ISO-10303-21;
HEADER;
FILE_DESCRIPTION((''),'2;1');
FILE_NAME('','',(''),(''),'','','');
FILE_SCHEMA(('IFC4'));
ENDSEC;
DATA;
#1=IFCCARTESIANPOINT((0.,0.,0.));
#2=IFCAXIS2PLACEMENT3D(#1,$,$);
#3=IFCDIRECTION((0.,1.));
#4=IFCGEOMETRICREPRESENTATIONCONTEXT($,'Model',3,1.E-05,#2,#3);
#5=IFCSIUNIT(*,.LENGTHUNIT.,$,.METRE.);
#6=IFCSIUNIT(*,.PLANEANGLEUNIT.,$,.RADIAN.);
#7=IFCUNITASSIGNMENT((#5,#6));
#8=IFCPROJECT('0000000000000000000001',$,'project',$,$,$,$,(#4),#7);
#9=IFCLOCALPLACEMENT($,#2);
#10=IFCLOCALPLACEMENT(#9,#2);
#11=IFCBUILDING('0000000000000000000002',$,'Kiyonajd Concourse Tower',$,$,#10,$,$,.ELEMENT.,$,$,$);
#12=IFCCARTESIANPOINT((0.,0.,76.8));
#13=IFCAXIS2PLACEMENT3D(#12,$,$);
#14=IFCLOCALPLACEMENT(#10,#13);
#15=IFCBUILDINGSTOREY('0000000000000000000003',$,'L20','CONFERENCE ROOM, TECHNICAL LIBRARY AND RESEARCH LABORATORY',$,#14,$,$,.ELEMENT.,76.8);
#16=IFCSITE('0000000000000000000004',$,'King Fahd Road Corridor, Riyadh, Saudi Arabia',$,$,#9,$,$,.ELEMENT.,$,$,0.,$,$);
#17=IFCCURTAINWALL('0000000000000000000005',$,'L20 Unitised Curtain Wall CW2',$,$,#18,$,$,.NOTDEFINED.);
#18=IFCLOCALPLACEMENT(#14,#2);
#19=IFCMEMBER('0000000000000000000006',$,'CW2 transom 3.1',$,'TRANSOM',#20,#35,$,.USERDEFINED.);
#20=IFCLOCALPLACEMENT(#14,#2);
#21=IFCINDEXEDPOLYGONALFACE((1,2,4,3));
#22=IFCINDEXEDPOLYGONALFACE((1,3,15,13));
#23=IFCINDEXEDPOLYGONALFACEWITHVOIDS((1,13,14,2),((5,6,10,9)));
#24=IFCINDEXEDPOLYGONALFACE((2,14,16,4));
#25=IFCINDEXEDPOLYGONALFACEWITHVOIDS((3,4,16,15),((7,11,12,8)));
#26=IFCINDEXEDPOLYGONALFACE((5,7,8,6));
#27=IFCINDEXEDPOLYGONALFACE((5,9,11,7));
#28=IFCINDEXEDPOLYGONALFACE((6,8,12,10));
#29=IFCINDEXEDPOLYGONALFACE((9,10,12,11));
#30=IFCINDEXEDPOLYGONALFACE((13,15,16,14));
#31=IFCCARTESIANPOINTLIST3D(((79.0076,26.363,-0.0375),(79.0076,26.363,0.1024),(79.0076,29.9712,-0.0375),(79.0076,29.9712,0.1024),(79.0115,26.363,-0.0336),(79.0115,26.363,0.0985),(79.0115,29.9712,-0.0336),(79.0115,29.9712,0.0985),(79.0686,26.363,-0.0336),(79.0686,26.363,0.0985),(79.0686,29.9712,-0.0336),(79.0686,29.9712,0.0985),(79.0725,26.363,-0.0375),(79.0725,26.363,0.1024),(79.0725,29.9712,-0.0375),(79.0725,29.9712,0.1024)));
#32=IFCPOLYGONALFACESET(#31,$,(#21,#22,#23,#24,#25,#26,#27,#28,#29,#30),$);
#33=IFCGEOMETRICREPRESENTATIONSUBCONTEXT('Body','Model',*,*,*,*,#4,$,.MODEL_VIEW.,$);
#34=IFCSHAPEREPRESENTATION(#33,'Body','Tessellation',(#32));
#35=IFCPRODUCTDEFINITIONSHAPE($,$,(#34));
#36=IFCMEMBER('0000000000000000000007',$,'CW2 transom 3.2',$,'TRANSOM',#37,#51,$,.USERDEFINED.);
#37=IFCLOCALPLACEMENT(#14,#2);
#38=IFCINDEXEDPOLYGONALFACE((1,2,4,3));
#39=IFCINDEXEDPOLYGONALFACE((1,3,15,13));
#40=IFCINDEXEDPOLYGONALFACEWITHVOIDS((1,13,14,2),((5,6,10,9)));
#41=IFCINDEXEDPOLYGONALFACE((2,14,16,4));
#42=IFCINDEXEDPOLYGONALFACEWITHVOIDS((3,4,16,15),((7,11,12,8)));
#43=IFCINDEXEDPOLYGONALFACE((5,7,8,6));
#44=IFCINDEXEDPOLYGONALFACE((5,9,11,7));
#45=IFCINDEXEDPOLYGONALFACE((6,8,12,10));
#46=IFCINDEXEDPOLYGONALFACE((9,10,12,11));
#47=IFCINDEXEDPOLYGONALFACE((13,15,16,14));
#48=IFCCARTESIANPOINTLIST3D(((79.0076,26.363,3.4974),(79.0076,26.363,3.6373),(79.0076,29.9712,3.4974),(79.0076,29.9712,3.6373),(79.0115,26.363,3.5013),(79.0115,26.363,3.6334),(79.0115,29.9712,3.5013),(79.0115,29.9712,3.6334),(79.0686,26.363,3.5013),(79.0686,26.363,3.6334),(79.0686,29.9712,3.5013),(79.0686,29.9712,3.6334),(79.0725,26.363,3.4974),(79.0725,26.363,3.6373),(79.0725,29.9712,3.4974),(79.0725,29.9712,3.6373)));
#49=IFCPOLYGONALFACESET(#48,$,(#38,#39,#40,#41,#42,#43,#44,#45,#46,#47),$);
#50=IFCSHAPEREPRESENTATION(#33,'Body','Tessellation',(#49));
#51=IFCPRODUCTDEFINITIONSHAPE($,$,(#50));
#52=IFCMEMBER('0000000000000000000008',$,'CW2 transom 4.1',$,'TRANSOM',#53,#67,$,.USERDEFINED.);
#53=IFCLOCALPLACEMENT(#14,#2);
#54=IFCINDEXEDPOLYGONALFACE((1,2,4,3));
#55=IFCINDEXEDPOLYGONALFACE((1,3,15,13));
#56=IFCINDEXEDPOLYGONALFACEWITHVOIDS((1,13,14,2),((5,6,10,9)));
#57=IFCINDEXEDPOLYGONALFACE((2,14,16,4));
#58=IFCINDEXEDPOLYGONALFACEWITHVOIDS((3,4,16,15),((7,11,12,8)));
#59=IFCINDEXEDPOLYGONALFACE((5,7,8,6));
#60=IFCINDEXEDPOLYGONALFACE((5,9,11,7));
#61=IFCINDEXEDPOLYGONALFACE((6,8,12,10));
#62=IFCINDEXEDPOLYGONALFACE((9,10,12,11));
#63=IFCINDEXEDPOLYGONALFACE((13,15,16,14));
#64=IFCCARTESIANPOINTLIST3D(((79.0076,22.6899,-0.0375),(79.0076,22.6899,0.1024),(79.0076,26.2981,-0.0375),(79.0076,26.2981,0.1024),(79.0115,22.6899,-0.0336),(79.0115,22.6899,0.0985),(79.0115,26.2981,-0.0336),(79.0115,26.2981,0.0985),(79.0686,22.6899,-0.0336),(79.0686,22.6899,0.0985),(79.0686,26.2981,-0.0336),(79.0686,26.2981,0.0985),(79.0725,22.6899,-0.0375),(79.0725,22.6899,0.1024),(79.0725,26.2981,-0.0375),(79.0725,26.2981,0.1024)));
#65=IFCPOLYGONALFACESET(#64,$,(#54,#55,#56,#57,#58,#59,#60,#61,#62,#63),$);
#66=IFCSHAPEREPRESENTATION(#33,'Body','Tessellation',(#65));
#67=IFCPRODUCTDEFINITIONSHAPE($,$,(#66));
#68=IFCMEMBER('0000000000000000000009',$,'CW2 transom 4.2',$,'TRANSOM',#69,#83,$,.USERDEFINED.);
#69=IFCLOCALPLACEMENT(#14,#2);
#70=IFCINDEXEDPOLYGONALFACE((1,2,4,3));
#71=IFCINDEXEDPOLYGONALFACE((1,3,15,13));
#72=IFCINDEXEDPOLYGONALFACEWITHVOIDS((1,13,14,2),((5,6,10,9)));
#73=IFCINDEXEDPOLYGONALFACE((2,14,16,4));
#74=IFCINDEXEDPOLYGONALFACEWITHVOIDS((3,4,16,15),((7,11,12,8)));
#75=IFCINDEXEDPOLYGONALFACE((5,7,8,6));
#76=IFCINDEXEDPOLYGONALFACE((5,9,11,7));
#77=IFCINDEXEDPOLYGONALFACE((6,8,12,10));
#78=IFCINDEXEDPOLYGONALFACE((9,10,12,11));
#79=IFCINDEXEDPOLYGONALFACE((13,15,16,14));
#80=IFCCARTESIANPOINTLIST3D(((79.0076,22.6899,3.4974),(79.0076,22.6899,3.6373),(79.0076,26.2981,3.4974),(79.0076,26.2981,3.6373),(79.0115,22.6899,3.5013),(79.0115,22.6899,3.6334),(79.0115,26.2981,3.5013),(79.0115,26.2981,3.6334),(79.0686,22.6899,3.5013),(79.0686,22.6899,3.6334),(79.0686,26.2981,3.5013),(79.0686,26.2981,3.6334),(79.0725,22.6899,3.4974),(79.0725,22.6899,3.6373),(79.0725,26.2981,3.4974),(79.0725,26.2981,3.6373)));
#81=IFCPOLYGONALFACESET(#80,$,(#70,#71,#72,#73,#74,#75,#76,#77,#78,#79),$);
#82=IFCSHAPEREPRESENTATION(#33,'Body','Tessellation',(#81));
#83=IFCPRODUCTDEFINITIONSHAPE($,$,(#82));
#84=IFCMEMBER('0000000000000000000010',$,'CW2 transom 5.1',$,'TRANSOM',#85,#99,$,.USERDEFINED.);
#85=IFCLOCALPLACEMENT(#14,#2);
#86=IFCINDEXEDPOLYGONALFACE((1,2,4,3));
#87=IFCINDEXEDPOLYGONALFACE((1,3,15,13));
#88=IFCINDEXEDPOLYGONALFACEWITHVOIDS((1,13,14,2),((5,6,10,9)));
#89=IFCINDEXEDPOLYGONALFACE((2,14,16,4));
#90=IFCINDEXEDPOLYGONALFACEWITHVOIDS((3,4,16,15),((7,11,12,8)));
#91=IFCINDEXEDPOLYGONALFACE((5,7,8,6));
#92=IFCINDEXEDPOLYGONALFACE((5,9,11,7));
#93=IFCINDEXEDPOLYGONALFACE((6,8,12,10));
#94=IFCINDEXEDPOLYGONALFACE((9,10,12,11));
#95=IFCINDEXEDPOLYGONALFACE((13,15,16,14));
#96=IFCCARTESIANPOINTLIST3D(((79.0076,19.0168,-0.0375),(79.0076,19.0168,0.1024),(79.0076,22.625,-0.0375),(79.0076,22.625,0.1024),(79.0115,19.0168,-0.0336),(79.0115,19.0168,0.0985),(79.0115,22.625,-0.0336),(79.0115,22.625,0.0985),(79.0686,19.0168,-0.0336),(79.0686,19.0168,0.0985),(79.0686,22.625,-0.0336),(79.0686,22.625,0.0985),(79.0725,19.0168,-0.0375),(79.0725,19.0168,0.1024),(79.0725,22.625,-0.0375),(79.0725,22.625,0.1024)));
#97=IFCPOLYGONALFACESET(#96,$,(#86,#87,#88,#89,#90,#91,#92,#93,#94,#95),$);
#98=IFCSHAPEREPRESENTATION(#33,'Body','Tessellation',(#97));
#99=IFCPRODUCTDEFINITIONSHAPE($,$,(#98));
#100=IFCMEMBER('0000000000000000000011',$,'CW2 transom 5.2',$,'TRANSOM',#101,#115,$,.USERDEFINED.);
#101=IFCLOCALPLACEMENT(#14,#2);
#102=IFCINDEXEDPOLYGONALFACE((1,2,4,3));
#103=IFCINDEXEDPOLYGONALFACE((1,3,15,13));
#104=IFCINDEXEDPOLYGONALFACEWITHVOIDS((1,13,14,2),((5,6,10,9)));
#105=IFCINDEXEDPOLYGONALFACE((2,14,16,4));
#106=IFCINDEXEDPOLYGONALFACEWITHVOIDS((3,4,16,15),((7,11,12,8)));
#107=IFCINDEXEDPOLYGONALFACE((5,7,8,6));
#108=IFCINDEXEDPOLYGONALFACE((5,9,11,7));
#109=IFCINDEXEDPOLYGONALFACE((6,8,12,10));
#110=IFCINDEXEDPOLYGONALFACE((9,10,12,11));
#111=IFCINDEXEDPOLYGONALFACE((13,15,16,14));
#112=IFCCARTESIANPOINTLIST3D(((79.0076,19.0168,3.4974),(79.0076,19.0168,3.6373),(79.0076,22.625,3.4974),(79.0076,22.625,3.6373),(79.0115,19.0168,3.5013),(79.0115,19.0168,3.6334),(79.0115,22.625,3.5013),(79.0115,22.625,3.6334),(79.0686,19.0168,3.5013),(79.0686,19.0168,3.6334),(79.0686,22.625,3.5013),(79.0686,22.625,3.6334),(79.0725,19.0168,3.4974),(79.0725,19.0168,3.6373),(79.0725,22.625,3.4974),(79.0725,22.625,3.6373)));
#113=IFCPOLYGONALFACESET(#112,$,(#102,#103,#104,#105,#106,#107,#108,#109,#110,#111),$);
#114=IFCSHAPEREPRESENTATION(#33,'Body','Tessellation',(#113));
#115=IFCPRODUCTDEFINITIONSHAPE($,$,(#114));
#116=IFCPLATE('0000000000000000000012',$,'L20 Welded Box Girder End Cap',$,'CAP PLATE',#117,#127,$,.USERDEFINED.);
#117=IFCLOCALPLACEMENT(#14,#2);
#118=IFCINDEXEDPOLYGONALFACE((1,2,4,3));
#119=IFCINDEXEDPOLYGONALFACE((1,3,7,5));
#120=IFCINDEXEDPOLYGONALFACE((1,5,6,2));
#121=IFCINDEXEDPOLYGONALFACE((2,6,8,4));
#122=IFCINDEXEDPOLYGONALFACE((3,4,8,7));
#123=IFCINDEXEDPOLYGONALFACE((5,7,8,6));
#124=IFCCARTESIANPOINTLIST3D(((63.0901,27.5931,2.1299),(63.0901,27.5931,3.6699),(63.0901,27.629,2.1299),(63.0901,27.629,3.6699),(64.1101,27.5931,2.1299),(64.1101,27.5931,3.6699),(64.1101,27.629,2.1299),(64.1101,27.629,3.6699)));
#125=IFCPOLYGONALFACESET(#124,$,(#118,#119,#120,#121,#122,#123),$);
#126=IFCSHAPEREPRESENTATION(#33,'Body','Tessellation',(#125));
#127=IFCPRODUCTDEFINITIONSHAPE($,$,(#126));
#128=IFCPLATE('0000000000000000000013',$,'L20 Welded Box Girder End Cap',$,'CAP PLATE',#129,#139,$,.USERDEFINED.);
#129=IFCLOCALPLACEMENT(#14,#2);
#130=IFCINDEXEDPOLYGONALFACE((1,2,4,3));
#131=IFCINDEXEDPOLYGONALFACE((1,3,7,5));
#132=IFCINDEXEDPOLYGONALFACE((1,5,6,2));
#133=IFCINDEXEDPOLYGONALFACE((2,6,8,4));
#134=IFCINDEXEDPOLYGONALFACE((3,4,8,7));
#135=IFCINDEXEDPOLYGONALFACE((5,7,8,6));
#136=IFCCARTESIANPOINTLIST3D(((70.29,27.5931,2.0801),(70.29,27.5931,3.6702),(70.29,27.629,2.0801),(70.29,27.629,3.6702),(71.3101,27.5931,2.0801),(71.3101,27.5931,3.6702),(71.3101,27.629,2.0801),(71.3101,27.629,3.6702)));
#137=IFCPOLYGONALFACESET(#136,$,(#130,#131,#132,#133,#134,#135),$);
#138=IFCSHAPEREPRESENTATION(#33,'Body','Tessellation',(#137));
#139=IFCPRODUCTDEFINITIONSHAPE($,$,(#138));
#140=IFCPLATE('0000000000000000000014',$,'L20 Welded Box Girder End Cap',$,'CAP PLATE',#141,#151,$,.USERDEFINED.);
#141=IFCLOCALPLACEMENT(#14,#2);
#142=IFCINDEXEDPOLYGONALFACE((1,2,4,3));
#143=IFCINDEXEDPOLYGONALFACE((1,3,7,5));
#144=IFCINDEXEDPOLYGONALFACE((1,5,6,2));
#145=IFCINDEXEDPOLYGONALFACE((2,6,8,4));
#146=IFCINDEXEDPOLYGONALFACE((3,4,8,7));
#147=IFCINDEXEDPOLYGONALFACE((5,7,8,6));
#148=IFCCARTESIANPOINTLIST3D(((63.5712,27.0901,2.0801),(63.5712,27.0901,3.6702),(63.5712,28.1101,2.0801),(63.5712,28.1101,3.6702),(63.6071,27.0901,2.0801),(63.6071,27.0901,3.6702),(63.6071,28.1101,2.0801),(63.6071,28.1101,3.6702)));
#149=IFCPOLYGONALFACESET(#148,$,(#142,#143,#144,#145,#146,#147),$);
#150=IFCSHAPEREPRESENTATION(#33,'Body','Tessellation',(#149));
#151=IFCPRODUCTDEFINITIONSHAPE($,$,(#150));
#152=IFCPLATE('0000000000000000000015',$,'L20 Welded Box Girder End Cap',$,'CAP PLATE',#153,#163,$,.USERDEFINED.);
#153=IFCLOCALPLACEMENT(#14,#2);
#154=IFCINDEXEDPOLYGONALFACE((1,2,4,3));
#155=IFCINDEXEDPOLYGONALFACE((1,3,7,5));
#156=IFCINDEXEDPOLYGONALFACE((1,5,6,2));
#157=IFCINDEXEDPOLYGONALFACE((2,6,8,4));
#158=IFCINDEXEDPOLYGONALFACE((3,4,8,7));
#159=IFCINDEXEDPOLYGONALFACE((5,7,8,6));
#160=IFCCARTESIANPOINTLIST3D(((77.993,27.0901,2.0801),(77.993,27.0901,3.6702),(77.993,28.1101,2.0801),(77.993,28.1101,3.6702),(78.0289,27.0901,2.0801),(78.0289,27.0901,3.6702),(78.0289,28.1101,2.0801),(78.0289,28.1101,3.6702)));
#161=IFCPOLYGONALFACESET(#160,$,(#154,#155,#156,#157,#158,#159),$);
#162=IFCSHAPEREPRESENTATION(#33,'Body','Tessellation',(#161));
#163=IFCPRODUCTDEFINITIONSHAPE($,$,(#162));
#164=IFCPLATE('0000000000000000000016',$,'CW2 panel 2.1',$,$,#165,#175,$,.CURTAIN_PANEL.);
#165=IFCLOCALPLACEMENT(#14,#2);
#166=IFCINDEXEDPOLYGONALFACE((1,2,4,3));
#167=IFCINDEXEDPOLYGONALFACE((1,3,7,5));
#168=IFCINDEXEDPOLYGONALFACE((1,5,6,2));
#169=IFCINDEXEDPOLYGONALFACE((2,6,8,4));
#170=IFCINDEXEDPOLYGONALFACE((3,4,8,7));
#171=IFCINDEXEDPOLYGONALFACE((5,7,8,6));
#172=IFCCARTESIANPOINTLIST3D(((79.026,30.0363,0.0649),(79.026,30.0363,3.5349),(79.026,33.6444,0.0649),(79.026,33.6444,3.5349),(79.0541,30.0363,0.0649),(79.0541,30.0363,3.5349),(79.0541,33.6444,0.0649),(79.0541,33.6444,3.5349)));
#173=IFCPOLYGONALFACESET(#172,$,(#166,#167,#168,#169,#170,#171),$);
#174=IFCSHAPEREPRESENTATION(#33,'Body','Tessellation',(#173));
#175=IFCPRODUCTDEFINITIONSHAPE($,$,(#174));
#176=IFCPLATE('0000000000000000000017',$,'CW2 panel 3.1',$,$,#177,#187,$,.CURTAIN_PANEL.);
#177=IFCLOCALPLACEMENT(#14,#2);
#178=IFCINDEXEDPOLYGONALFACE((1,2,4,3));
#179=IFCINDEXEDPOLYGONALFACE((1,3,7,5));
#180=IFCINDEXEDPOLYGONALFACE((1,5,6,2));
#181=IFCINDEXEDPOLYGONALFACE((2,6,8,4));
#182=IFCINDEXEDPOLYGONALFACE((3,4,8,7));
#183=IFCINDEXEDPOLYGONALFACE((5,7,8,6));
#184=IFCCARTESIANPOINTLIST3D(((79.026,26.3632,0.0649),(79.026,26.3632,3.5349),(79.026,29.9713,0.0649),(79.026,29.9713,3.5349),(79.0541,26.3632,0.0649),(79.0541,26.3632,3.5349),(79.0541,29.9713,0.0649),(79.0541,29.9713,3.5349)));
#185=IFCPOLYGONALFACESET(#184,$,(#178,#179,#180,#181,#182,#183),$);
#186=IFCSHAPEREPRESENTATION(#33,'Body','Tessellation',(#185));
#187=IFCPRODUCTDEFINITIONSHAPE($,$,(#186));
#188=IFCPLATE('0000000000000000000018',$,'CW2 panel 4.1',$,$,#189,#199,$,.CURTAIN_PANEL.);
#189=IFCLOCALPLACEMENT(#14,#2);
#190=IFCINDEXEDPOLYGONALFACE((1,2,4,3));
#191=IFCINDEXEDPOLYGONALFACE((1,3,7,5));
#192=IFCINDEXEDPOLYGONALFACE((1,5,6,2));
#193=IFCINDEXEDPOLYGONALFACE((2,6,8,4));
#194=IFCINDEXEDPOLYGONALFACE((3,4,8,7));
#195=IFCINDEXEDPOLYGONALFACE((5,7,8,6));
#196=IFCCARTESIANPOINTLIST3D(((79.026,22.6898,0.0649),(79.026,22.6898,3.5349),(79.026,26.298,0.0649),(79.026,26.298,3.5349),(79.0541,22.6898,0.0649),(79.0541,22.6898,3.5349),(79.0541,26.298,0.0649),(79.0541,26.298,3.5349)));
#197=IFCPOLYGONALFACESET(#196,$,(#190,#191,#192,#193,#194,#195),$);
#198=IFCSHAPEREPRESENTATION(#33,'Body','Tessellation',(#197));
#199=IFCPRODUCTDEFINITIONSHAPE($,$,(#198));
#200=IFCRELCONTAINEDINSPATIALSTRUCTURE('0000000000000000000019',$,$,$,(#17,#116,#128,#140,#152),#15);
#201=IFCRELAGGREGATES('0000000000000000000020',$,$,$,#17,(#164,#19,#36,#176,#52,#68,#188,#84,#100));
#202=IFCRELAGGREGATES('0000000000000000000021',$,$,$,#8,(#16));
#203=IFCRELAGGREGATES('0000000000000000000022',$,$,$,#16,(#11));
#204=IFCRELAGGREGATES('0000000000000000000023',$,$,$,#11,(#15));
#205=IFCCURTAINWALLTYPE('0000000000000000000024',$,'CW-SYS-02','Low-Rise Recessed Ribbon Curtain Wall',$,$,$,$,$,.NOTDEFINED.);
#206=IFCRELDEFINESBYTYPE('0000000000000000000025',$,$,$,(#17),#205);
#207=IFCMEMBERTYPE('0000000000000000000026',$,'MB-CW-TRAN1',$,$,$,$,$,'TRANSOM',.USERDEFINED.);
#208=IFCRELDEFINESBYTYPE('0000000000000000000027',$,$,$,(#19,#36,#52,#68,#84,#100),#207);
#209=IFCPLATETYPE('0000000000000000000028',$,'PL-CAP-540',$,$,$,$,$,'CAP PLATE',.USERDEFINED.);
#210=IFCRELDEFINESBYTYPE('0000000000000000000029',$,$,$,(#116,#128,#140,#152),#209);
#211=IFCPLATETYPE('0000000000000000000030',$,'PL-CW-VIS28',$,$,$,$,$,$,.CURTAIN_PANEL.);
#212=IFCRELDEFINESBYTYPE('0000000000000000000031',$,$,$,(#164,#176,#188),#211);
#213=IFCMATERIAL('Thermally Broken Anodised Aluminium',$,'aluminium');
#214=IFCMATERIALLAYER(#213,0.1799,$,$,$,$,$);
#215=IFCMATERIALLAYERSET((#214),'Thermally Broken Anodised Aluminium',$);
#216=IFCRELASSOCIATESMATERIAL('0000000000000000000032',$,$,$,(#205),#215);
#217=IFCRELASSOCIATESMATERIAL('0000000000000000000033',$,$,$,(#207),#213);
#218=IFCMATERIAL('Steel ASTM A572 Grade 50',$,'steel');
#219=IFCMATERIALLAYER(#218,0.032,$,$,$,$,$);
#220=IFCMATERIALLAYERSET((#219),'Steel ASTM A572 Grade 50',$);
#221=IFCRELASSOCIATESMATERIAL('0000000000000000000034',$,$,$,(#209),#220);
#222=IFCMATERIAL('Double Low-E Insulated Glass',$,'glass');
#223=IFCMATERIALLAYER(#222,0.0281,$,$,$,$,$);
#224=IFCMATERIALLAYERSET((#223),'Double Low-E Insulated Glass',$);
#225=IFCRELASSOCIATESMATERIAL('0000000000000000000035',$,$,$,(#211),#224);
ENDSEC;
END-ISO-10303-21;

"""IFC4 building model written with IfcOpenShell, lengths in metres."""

from ifc_helpers import new_model, si_unit, direction, frame, origin, origin_2d, place, context, subcontext, project, spatial, rectangle, hollow_rectangle, extrude, material, layer, layer_set, material_profile, profile_set, type_object, element, aggregate, save


model = new_model("IFC4")

# Units and contexts
model_context = context("Model", 3, precision=1e-05, world=origin(), true_north=direction((0.0, 1.0)))
body_context = subcontext(model_context, "Body", "Model", "MODEL_VIEW")
ifc_project = project(units=[si_unit("LENGTHUNIT", "METRE"), si_unit("PLANEANGLEUNIT", "RADIAN")], contexts=[model_context])

# Site, building, storey
site_placement = place(None, origin())
site = spatial("IfcSite", under=ifc_project, at=site_placement, Name="King Fahd Road Corridor, Riyadh, Saudi Arabia", CompositionType="ELEMENT", RefElevation=0.0)
building_placement = place(site_placement, origin())
building = spatial("IfcBuilding", under=site, at=building_placement, Name="Kiyonajd Concourse Tower", CompositionType="ELEMENT")
storey_placement = place(building_placement, frame((0.0, 0.0, 76.8)))
storey = spatial("IfcBuildingStorey", under=building, at=storey_placement, Name="L20", Description="CONFERENCE ROOM, TECHNICAL LIBRARY AND RESEARCH LABORATORY", CompositionType="ELEMENT", Elevation=76.8)

# Shared definitions
ifc_material_1 = material(Name="Steel ASTM A572 Grade 50", Category="steel")

# Curtain wall, members
ifc_material_2 = material(Name="Thermally Broken Anodised Aluminium", Category="aluminium")
ifc_layer_1 = layer(ifc_material_2, 0.1799)
ifc_layer_set_1 = layer_set([ifc_layer_1], Name="Thermally Broken Anodised Aluminium")
curtain_wall_type = type_object("IfcCurtainWallType", Name="CW-SYS-02", Description="Low-Rise Recessed Ribbon Curtain Wall", PredefinedType="NOTDEFINED", material=ifc_layer_set_1)
curtain_wall_placement = place(storey_placement, origin())
curtain_wall = element("IfcCurtainWall", 1, at=curtain_wall_placement, inside=storey, type_object=curtain_wall_type, Name="L20 Unitised Curtain Wall CW2", PredefinedType="NOTDEFINED")
ifc_material_profile_1 = material_profile(ifc_material_2, hollow_rectangle(XDim=0.0649, YDim=0.1399, WallThickness=0.0039, at=origin_2d()), Name="TRAN-65x140")
ifc_profile_set_1 = profile_set([ifc_material_profile_1], Name="Thermally Broken Anodised Aluminium")
member_type_1 = type_object("IfcMemberType", Name="MB-CW-TRAN1", ElementType="TRANSOM", PredefinedType="USERDEFINED", material=ifc_profile_set_1)
member_1_placement = place(storey_placement, frame((79.04, 29.9712, 0.0325), z_axis=(0.0, -1.0, 0.0), x_axis=(1.0, 0.0, 0.0)))
member_1 = element("IfcMember", 2, at=member_1_placement, type_object=member_type_1, Name="CW2 transom 3.1", ObjectType="TRANSOM", PredefinedType="USERDEFINED", context=body_context, shape_type="SweptSolid", body=[
    extrude(hollow_rectangle(XDim=0.0649, YDim=0.1399, WallThickness=0.0039, at=origin_2d()), origin(), (0.0, 0.0, 1.0), 3.6082),
])
member_2_placement = place(storey_placement, frame((79.04, 29.9712, 3.5674), z_axis=(0.0, -1.0, 0.0), x_axis=(1.0, 0.0, 0.0)))
member_2 = element("IfcMember", 3, at=member_2_placement, type_object=member_type_1, Name="CW2 transom 3.2", ObjectType="TRANSOM", PredefinedType="USERDEFINED", context=body_context, shape_type="SweptSolid", body=[
    extrude(hollow_rectangle(XDim=0.0649, YDim=0.1399, WallThickness=0.0039, at=origin_2d()), origin(), (0.0, 0.0, 1.0), 3.6082),
])
member_3_placement = place(storey_placement, frame((79.04, 26.2981, 0.0325), z_axis=(0.0, -1.0, 0.0), x_axis=(1.0, 0.0, 0.0)))
member_3 = element("IfcMember", 4, at=member_3_placement, type_object=member_type_1, Name="CW2 transom 4.1", ObjectType="TRANSOM", PredefinedType="USERDEFINED", context=body_context, shape_type="SweptSolid", body=[
    extrude(hollow_rectangle(XDim=0.0649, YDim=0.1399, WallThickness=0.0039, at=origin_2d()), origin(), (0.0, 0.0, 1.0), 3.6082),
])
member_4_placement = place(storey_placement, frame((79.04, 26.2981, 3.5674), z_axis=(0.0, -1.0, 0.0), x_axis=(1.0, 0.0, 0.0)))
member_4 = element("IfcMember", 5, at=member_4_placement, type_object=member_type_1, Name="CW2 transom 4.2", ObjectType="TRANSOM", PredefinedType="USERDEFINED", context=body_context, shape_type="SweptSolid", body=[
    extrude(hollow_rectangle(XDim=0.0649, YDim=0.1399, WallThickness=0.0039, at=origin_2d()), origin(), (0.0, 0.0, 1.0), 3.6082),
])
member_5_placement = place(storey_placement, frame((79.04, 22.625, 0.0325), z_axis=(0.0, -1.0, 0.0), x_axis=(1.0, 0.0, 0.0)))
member_5 = element("IfcMember", 6, at=member_5_placement, type_object=member_type_1, Name="CW2 transom 5.1", ObjectType="TRANSOM", PredefinedType="USERDEFINED", context=body_context, shape_type="SweptSolid", body=[
    extrude(hollow_rectangle(XDim=0.0649, YDim=0.1399, WallThickness=0.0039, at=origin_2d()), origin(), (0.0, 0.0, 1.0), 3.6082),
])
member_6_placement = place(storey_placement, frame((79.04, 22.625, 3.5674), z_axis=(0.0, -1.0, 0.0), x_axis=(1.0, 0.0, 0.0)))
member_6 = element("IfcMember", 7, at=member_6_placement, type_object=member_type_1, Name="CW2 transom 5.2", ObjectType="TRANSOM", PredefinedType="USERDEFINED", context=body_context, shape_type="SweptSolid", body=[
    extrude(hollow_rectangle(XDim=0.0649, YDim=0.1399, WallThickness=0.0039, at=origin_2d()), origin(), (0.0, 0.0, 1.0), 3.6082),
])

# Plates
ifc_layer_2 = layer(ifc_material_1, 0.032)
ifc_layer_set_2 = layer_set([ifc_layer_2], Name="Steel ASTM A572 Grade 50")
plate_type_1 = type_object("IfcPlateType", Name="PL-CAP-540", ElementType="CAP PLATE", PredefinedType="USERDEFINED", material=ifc_layer_set_2)
plate_1_placement = place(storey_placement, frame((63.6001, 27.6111, 2.1299), z_axis=(0.0, 0.0, 1.0), x_axis=(0.0, 1.0, 0.0)))
element("IfcPlate", 8, at=plate_1_placement, inside=storey, type_object=plate_type_1, Name="L20 Welded Box Girder End Cap", ObjectType="CAP PLATE", PredefinedType="USERDEFINED", context=body_context, shape_type="SweptSolid", body=[
    extrude(rectangle(XDim=0.0359, YDim=1.02, at=origin_2d()), origin(), (0.0, 0.0, 1.0), 1.54),
])
for number, where, z_axis, x_axis, name in (
    (9, (70.8, 27.6111, 2.0801), (0.0, 0.0, 1.0), (0.0, 1.0, 0.0), "L20 Welded Box Girder End Cap"),
    (10, (63.5891, 27.6001, 2.0801), (0.0, 0.0, 1.0), (-1.0, 0.0, 0.0), "L20 Welded Box Girder End Cap"),
    (11, (78.011, 27.6001, 2.0801), (0.0, 0.0, 1.0), (1.0, 0.0, 0.0), "L20 Welded Box Girder End Cap"),
):
    element("IfcPlate", number, at=place(storey_placement, frame(where, z_axis=z_axis, x_axis=x_axis)), inside=storey, type_object=plate_type_1, Name=name, ObjectType="CAP PLATE", PredefinedType="USERDEFINED", context=body_context, shape_type="SweptSolid", body=[
        extrude(rectangle(XDim=0.0359, YDim=1.02, at=origin_2d()), origin(), (0.0, 0.0, 1.0), 1.5901),
    ])

# Plates
ifc_material_3 = material(Name="Double Low-E Insulated Glass", Category="glass")
ifc_layer_3 = layer(ifc_material_3, 0.0281)
ifc_layer_set_3 = layer_set([ifc_layer_3], Name="Double Low-E Insulated Glass")
plate_type_2 = type_object("IfcPlateType", Name="PL-CW-VIS28", PredefinedType="CURTAIN_PANEL", material=ifc_layer_set_3)
plate_2_placement = place(storey_placement, frame((79.04, 31.8403, 0.0649), z_axis=(0.0, 0.0, 1.0), x_axis=(0.0, -1.0, 0.0)))
plate_2 = element("IfcPlate", 12, at=plate_2_placement, type_object=plate_type_2, Name="CW2 panel 2.1", PredefinedType="CURTAIN_PANEL", context=body_context, shape_type="SweptSolid", body=[
    extrude(rectangle(XDim=3.6082, YDim=0.0281, at=origin_2d()), origin(), (0.0, 0.0, 1.0), 3.47),
])
plate_3_placement = place(storey_placement, frame((79.04, 28.1672, 0.0649), z_axis=(0.0, 0.0, 1.0), x_axis=(0.0, -1.0, 0.0)))
plate_3 = element("IfcPlate", 13, at=plate_3_placement, type_object=plate_type_2, Name="CW2 panel 3.1", PredefinedType="CURTAIN_PANEL", context=body_context, shape_type="SweptSolid", body=[
    extrude(rectangle(XDim=3.6082, YDim=0.0281, at=origin_2d()), origin(), (0.0, 0.0, 1.0), 3.47),
])
plate_4_placement = place(storey_placement, frame((79.04, 24.4939, 0.0649), z_axis=(0.0, 0.0, 1.0), x_axis=(0.0, -1.0, 0.0)))
plate_4 = element("IfcPlate", 14, at=plate_4_placement, type_object=plate_type_2, Name="CW2 panel 4.1", PredefinedType="CURTAIN_PANEL", context=body_context, shape_type="SweptSolid", body=[
    extrude(rectangle(XDim=3.6082, YDim=0.0281, at=origin_2d()), origin(), (0.0, 0.0, 1.0), 3.47),
])
aggregate(curtain_wall, [plate_2, member_1, member_2, plate_3, member_3, member_4, plate_4, member_5, member_6])

save(model, "model.ifc")
